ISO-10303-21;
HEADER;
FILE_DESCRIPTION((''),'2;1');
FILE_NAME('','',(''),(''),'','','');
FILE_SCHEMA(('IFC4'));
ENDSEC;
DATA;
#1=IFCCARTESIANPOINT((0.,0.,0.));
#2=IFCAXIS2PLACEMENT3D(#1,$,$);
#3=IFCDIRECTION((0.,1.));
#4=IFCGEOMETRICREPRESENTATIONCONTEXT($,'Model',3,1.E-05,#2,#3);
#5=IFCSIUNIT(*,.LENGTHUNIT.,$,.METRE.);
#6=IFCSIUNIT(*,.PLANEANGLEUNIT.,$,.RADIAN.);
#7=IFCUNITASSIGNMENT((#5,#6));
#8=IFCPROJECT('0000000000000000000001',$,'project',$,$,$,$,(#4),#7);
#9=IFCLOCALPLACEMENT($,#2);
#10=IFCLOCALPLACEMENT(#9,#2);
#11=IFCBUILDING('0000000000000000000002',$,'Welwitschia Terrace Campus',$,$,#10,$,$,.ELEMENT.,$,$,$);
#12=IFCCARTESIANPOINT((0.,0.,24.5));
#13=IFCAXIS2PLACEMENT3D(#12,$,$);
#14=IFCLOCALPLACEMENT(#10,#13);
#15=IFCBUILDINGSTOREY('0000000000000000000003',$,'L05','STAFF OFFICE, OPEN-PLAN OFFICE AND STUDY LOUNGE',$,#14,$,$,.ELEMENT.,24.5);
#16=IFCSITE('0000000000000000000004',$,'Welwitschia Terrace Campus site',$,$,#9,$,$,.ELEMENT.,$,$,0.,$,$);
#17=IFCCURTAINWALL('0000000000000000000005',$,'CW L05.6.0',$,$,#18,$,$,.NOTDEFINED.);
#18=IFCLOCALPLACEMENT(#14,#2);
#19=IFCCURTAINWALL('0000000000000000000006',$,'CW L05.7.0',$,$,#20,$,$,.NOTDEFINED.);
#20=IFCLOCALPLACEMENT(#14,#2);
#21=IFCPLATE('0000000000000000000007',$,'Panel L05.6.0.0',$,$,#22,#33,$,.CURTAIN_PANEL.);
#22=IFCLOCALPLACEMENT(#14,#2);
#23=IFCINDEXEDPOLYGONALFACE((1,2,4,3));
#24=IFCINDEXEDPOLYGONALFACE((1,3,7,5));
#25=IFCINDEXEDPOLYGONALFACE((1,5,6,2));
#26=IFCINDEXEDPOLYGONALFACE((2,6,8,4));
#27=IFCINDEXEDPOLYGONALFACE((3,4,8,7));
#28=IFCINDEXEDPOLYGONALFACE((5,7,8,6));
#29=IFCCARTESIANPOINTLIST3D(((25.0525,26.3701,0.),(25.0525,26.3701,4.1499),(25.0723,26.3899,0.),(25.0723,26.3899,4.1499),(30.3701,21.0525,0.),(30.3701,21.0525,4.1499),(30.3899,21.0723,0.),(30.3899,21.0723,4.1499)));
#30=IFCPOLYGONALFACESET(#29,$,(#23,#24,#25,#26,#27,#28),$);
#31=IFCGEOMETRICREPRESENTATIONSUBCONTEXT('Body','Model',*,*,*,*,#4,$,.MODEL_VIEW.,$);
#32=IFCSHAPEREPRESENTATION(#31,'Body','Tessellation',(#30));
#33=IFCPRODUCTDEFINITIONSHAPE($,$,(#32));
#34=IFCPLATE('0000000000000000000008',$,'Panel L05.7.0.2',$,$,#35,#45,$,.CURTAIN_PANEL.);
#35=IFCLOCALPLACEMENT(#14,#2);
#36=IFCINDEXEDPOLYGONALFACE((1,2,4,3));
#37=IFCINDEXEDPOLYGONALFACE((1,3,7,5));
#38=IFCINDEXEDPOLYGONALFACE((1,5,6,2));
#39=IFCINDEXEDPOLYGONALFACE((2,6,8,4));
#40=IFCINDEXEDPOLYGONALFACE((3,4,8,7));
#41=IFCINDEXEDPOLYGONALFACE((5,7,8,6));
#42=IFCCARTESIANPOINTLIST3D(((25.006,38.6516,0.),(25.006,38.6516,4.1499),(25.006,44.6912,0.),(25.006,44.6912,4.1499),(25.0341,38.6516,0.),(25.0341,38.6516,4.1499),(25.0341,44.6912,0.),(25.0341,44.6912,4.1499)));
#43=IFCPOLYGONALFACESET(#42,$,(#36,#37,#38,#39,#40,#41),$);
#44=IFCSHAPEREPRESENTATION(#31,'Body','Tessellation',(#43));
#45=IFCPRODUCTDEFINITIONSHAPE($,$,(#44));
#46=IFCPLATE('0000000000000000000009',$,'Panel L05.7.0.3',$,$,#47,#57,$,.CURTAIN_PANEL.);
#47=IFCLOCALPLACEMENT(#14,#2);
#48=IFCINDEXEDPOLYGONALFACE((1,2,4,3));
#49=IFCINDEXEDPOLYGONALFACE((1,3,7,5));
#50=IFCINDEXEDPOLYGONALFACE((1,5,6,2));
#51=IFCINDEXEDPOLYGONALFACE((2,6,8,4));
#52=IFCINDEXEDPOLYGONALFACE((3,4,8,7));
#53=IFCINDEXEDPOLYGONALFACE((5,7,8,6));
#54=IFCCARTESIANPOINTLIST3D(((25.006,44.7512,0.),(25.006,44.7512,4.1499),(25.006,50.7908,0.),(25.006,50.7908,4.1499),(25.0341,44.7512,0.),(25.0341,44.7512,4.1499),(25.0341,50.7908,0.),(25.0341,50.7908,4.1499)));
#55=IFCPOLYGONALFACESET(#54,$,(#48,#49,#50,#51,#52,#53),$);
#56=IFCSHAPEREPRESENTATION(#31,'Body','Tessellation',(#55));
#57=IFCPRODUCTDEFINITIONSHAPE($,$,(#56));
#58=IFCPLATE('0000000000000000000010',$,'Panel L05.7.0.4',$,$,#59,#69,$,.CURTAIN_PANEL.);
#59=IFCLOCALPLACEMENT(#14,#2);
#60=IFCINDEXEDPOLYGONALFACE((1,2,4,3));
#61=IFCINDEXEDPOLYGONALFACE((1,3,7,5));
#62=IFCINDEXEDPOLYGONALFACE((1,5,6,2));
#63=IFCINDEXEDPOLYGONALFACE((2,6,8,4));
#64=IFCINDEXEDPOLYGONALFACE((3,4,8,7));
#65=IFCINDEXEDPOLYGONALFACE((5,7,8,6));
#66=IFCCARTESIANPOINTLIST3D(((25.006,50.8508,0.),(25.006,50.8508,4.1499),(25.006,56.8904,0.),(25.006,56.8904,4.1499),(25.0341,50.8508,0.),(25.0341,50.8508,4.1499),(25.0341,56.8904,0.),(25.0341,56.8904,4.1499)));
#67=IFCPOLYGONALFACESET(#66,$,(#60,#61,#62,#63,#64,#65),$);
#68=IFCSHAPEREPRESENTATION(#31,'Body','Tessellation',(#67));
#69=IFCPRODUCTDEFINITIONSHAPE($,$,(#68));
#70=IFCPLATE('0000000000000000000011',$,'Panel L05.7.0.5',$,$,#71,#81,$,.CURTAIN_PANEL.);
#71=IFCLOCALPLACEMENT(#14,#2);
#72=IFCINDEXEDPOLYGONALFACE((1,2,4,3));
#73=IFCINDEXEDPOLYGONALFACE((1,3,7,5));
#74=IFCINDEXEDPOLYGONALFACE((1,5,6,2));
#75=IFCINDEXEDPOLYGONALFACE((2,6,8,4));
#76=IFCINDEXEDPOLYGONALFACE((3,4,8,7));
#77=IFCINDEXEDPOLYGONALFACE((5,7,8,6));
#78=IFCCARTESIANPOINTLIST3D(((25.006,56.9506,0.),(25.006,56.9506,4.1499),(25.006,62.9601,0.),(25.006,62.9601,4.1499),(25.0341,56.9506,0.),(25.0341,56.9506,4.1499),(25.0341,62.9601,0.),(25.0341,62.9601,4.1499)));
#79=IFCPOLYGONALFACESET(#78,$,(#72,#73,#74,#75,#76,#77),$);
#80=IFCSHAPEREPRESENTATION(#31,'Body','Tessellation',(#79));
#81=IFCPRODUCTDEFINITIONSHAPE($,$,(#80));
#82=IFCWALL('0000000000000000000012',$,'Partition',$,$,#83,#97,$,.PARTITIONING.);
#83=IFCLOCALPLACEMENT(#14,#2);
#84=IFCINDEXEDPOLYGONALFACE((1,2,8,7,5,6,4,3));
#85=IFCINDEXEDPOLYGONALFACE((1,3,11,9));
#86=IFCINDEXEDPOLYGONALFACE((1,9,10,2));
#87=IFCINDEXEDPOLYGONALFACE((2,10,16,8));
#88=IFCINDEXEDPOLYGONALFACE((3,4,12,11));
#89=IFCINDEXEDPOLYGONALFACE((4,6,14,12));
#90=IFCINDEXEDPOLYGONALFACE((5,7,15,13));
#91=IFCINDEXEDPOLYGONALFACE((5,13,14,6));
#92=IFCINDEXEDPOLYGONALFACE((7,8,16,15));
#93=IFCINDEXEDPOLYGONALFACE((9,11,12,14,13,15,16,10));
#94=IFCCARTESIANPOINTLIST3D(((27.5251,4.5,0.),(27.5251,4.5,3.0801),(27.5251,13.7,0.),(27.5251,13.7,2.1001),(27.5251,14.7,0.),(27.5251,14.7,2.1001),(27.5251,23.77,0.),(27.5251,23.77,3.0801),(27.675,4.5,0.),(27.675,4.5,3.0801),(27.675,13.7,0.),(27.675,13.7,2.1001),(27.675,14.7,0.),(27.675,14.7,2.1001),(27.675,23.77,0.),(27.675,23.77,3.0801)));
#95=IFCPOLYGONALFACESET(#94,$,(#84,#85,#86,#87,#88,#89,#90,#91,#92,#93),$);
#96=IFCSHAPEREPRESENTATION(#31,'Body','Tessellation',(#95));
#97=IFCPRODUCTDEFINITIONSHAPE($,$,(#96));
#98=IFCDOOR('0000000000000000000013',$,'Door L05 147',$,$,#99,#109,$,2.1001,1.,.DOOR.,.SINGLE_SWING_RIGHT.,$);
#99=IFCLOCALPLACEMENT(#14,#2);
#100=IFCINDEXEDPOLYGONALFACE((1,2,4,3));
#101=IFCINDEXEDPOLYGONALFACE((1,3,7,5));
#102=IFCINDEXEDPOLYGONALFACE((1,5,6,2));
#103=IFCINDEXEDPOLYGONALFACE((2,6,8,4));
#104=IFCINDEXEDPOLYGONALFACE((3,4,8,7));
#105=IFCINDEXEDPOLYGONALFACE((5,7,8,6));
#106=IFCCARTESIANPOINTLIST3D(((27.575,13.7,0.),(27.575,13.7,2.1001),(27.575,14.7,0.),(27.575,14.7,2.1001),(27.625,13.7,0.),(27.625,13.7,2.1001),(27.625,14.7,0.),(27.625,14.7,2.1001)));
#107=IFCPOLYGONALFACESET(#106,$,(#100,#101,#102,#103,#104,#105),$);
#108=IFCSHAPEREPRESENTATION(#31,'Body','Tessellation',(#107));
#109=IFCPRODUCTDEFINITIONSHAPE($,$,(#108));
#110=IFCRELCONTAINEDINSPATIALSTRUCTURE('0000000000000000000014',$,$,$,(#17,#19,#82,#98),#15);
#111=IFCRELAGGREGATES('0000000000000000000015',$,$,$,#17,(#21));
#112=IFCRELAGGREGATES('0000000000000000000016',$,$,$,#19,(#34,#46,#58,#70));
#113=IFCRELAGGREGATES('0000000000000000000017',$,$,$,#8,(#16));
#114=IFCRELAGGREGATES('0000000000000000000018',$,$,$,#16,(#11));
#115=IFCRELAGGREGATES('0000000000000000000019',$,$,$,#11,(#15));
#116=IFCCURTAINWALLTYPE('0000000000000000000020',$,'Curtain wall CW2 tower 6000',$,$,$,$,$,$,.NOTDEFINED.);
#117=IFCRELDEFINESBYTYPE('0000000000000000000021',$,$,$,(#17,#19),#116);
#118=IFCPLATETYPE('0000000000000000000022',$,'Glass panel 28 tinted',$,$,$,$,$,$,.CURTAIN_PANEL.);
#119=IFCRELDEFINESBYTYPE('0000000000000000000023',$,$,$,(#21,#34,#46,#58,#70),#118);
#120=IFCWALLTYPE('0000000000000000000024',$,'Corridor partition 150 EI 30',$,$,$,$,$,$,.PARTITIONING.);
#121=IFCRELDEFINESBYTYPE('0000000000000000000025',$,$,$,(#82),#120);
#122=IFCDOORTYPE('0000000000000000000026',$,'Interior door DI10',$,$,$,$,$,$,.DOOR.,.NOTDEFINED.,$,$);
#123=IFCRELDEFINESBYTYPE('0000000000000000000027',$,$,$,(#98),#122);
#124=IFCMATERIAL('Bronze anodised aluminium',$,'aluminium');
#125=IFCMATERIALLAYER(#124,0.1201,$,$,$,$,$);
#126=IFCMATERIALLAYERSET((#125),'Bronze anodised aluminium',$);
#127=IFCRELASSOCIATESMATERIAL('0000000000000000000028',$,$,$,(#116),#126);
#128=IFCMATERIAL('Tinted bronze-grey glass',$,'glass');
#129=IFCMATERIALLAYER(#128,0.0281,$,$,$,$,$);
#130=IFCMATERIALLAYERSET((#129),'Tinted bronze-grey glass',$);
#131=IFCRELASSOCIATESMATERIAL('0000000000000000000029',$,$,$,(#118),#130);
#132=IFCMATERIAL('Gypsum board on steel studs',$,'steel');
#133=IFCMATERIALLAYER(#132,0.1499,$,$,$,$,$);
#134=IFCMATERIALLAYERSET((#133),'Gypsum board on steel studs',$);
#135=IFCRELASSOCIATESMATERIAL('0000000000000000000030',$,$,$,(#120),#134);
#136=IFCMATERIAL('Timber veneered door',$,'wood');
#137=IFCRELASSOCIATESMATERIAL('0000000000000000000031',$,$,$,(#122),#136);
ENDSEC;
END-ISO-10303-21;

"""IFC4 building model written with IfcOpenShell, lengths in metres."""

from ifc_helpers import new_model, si_unit, direction, frame, frame_2d, origin, origin_2d, place, context, subcontext, project, spatial, rectangle, extrude, material, layer, layer_set, type_object, element, fill, aggregate, save


model = new_model("IFC4")

# Units and contexts
model_context = context("Model", 3, precision=1e-05, world=origin(), true_north=direction((0.0, 1.0)))
body_context = subcontext(model_context, "Body", "Model", "MODEL_VIEW")
ifc_project = project(units=[si_unit("LENGTHUNIT", "METRE"), si_unit("PLANEANGLEUNIT", "RADIAN")], contexts=[model_context])

# Site, building, storey
site_placement = place(None, origin())
site = spatial("IfcSite", under=ifc_project, at=site_placement, Name="Welwitschia Terrace Campus site", CompositionType="ELEMENT", RefElevation=0.0)
building_placement = place(site_placement, origin())
building = spatial("IfcBuilding", under=site, at=building_placement, Name="Welwitschia Terrace Campus", CompositionType="ELEMENT")
storey_placement = place(building_placement, frame((0.0, 0.0, 24.5)))
storey = spatial("IfcBuildingStorey", under=building, at=storey_placement, Name="L05", Description="STAFF OFFICE, OPEN-PLAN OFFICE AND STUDY LOUNGE", CompositionType="ELEMENT", Elevation=24.5)

# Curtain walls
ifc_material_1 = material(Name="Bronze anodised aluminium", Category="aluminium")
ifc_layer_1 = layer(ifc_material_1, 0.1201)
ifc_layer_set_1 = layer_set([ifc_layer_1], Name="Bronze anodised aluminium")
curtain_wall_type = type_object("IfcCurtainWallType", Name="Curtain wall CW2 tower 6000", PredefinedType="NOTDEFINED", material=ifc_layer_set_1)
curtain_wall_1_placement = place(storey_placement, origin())
curtain_wall_1 = element("IfcCurtainWall", 1, at=curtain_wall_1_placement, inside=storey, type_object=curtain_wall_type, Name="CW L05.6.0", PredefinedType="NOTDEFINED")
curtain_wall_2_placement = place(storey_placement, origin())
curtain_wall_2 = element("IfcCurtainWall", 2, at=curtain_wall_2_placement, inside=storey, type_object=curtain_wall_type, Name="CW L05.7.0", PredefinedType="NOTDEFINED")

# Plates
ifc_material_2 = material(Name="Tinted bronze-grey glass", Category="glass")
ifc_layer_2 = layer(ifc_material_2, 0.0281)
ifc_layer_set_2 = layer_set([ifc_layer_2], Name="Tinted bronze-grey glass")
plate_type = type_object("IfcPlateType", Name="Glass panel 28 tinted", PredefinedType="CURTAIN_PANEL", material=ifc_layer_set_2)
plate_1_placement = place(storey_placement, frame((27.7212, 23.7212, 0.0), z_axis=(0.0, 0.0, 1.0), x_axis=(-0.707107, 0.707107, 0.0)))
plate_1 = element("IfcPlate", 3, at=plate_1_placement, type_object=plate_type, Name="Panel L05.6.0.0", PredefinedType="CURTAIN_PANEL", context=body_context, shape_type="SweptSolid", body=[
    extrude(rectangle(XDim=7.5203, YDim=0.0281, at=origin_2d()), origin(), (0.0, 0.0, 1.0), 4.1499),
])
aggregate(curtain_wall_1, [plate_1])
plate_2_placement = place(storey_placement, frame((25.02, 41.6714, 0.0), z_axis=(0.0, 0.0, 1.0), x_axis=(0.0, 1.0, 0.0)))
plate_2 = element("IfcPlate", 4, at=plate_2_placement, type_object=plate_type, Name="Panel L05.7.0.2", PredefinedType="CURTAIN_PANEL", context=body_context, shape_type="SweptSolid", body=[
    extrude(rectangle(XDim=6.0396, YDim=0.0281, at=origin_2d()), origin(), (0.0, 0.0, 1.0), 4.1499),
])
plate_3_placement = place(storey_placement, frame((25.02, 47.771, 0.0), z_axis=(0.0, 0.0, 1.0), x_axis=(0.0, 1.0, 0.0)))
plate_3 = element("IfcPlate", 5, at=plate_3_placement, type_object=plate_type, Name="Panel L05.7.0.3", PredefinedType="CURTAIN_PANEL", context=body_context, shape_type="SweptSolid", body=[
    extrude(rectangle(XDim=6.0396, YDim=0.0281, at=origin_2d()), origin(), (0.0, 0.0, 1.0), 4.1499),
])
plate_4_placement = place(storey_placement, frame((25.02, 53.8706, 0.0), z_axis=(0.0, 0.0, 1.0), x_axis=(0.0, 1.0, 0.0)))
plate_4 = element("IfcPlate", 6, at=plate_4_placement, type_object=plate_type, Name="Panel L05.7.0.4", PredefinedType="CURTAIN_PANEL", context=body_context, shape_type="SweptSolid", body=[
    extrude(rectangle(XDim=6.0396, YDim=0.0281, at=origin_2d()), origin(), (0.0, 0.0, 1.0), 4.1499),
])
plate_5_placement = place(storey_placement, frame((25.02, 59.9553, 0.0), z_axis=(0.0, 0.0, 1.0), x_axis=(0.0, 1.0, 0.0)))
plate_5 = element("IfcPlate", 7, at=plate_5_placement, type_object=plate_type, Name="Panel L05.7.0.5", PredefinedType="CURTAIN_PANEL", context=body_context, shape_type="SweptSolid", body=[
    extrude(rectangle(XDim=6.0095, YDim=0.0281, at=origin_2d()), origin(), (0.0, 0.0, 1.0), 4.1499),
])
aggregate(curtain_wall_2, [plate_2, plate_3, plate_4, plate_5])

# Wall, opening, door
ifc_material_3 = material(Name="Gypsum board on steel studs", Category="steel")
ifc_layer_3 = layer(ifc_material_3, 0.1499)
ifc_layer_set_3 = layer_set([ifc_layer_3], Name="Gypsum board on steel studs")
wall_type = type_object("IfcWallType", Name="Corridor partition 150 EI 30", PredefinedType="PARTITIONING", material=ifc_layer_set_3)
wall_placement = place(storey_placement, frame((27.6001, 23.77, 0.0), z_axis=(0.0, 0.0, 1.0), x_axis=(0.0, -1.0, 0.0)))
wall = element("IfcWall", 8, at=wall_placement, inside=storey, type_object=wall_type, Name="Partition", PredefinedType="PARTITIONING", context=body_context, shape_type="SweptSolid", body=[
    extrude(rectangle(XDim=19.27, YDim=0.1499, at=frame_2d((9.635, 0.0))), origin(), (0.0, 0.0, 1.0), 3.0801),
])
opening_placement = place(wall_placement, frame((9.0701, 0.0, 0.0)))
opening = element("IfcOpeningElement", 9, at=opening_placement, cuts=wall, PredefinedType="OPENING", context=body_context, shape_type="SweptSolid", body=[
    extrude(rectangle(XDim=1.0, YDim=2.1001, at=frame_2d((0.5, 1.05))), frame((0.0, 0.085, 0.0), z_axis=(0.0, -1.0, 0.0), x_axis=(1.0, 0.0, 0.0)), (0.0, 0.0, 1.0), 0.1699),
])
ifc_material_4 = material(Name="Timber veneered door", Category="wood")
door_type = type_object("IfcDoorType", Name="Interior door DI10", OperationType="NOTDEFINED", PredefinedType="DOOR", material=ifc_material_4)
door_placement = place(opening_placement, origin())
door = element("IfcDoor", 10, at=door_placement, inside=storey, type_object=door_type, Name="Door L05 147", OperationType="SINGLE_SWING_RIGHT", OverallHeight=2.1001, OverallWidth=1.0, PredefinedType="DOOR", context=body_context, shape_type="SweptSolid", body=[
    extrude(rectangle(XDim=1.0, YDim=2.1001, at=frame_2d((0.5, 1.05))), frame((0.0, 0.0249, 0.0), z_axis=(0.0, -1.0, 0.0), x_axis=(1.0, 0.0, 0.0)), (0.0, 0.0, 1.0), 0.05),
])
fill(opening, door)

save(model, "model.ifc")
